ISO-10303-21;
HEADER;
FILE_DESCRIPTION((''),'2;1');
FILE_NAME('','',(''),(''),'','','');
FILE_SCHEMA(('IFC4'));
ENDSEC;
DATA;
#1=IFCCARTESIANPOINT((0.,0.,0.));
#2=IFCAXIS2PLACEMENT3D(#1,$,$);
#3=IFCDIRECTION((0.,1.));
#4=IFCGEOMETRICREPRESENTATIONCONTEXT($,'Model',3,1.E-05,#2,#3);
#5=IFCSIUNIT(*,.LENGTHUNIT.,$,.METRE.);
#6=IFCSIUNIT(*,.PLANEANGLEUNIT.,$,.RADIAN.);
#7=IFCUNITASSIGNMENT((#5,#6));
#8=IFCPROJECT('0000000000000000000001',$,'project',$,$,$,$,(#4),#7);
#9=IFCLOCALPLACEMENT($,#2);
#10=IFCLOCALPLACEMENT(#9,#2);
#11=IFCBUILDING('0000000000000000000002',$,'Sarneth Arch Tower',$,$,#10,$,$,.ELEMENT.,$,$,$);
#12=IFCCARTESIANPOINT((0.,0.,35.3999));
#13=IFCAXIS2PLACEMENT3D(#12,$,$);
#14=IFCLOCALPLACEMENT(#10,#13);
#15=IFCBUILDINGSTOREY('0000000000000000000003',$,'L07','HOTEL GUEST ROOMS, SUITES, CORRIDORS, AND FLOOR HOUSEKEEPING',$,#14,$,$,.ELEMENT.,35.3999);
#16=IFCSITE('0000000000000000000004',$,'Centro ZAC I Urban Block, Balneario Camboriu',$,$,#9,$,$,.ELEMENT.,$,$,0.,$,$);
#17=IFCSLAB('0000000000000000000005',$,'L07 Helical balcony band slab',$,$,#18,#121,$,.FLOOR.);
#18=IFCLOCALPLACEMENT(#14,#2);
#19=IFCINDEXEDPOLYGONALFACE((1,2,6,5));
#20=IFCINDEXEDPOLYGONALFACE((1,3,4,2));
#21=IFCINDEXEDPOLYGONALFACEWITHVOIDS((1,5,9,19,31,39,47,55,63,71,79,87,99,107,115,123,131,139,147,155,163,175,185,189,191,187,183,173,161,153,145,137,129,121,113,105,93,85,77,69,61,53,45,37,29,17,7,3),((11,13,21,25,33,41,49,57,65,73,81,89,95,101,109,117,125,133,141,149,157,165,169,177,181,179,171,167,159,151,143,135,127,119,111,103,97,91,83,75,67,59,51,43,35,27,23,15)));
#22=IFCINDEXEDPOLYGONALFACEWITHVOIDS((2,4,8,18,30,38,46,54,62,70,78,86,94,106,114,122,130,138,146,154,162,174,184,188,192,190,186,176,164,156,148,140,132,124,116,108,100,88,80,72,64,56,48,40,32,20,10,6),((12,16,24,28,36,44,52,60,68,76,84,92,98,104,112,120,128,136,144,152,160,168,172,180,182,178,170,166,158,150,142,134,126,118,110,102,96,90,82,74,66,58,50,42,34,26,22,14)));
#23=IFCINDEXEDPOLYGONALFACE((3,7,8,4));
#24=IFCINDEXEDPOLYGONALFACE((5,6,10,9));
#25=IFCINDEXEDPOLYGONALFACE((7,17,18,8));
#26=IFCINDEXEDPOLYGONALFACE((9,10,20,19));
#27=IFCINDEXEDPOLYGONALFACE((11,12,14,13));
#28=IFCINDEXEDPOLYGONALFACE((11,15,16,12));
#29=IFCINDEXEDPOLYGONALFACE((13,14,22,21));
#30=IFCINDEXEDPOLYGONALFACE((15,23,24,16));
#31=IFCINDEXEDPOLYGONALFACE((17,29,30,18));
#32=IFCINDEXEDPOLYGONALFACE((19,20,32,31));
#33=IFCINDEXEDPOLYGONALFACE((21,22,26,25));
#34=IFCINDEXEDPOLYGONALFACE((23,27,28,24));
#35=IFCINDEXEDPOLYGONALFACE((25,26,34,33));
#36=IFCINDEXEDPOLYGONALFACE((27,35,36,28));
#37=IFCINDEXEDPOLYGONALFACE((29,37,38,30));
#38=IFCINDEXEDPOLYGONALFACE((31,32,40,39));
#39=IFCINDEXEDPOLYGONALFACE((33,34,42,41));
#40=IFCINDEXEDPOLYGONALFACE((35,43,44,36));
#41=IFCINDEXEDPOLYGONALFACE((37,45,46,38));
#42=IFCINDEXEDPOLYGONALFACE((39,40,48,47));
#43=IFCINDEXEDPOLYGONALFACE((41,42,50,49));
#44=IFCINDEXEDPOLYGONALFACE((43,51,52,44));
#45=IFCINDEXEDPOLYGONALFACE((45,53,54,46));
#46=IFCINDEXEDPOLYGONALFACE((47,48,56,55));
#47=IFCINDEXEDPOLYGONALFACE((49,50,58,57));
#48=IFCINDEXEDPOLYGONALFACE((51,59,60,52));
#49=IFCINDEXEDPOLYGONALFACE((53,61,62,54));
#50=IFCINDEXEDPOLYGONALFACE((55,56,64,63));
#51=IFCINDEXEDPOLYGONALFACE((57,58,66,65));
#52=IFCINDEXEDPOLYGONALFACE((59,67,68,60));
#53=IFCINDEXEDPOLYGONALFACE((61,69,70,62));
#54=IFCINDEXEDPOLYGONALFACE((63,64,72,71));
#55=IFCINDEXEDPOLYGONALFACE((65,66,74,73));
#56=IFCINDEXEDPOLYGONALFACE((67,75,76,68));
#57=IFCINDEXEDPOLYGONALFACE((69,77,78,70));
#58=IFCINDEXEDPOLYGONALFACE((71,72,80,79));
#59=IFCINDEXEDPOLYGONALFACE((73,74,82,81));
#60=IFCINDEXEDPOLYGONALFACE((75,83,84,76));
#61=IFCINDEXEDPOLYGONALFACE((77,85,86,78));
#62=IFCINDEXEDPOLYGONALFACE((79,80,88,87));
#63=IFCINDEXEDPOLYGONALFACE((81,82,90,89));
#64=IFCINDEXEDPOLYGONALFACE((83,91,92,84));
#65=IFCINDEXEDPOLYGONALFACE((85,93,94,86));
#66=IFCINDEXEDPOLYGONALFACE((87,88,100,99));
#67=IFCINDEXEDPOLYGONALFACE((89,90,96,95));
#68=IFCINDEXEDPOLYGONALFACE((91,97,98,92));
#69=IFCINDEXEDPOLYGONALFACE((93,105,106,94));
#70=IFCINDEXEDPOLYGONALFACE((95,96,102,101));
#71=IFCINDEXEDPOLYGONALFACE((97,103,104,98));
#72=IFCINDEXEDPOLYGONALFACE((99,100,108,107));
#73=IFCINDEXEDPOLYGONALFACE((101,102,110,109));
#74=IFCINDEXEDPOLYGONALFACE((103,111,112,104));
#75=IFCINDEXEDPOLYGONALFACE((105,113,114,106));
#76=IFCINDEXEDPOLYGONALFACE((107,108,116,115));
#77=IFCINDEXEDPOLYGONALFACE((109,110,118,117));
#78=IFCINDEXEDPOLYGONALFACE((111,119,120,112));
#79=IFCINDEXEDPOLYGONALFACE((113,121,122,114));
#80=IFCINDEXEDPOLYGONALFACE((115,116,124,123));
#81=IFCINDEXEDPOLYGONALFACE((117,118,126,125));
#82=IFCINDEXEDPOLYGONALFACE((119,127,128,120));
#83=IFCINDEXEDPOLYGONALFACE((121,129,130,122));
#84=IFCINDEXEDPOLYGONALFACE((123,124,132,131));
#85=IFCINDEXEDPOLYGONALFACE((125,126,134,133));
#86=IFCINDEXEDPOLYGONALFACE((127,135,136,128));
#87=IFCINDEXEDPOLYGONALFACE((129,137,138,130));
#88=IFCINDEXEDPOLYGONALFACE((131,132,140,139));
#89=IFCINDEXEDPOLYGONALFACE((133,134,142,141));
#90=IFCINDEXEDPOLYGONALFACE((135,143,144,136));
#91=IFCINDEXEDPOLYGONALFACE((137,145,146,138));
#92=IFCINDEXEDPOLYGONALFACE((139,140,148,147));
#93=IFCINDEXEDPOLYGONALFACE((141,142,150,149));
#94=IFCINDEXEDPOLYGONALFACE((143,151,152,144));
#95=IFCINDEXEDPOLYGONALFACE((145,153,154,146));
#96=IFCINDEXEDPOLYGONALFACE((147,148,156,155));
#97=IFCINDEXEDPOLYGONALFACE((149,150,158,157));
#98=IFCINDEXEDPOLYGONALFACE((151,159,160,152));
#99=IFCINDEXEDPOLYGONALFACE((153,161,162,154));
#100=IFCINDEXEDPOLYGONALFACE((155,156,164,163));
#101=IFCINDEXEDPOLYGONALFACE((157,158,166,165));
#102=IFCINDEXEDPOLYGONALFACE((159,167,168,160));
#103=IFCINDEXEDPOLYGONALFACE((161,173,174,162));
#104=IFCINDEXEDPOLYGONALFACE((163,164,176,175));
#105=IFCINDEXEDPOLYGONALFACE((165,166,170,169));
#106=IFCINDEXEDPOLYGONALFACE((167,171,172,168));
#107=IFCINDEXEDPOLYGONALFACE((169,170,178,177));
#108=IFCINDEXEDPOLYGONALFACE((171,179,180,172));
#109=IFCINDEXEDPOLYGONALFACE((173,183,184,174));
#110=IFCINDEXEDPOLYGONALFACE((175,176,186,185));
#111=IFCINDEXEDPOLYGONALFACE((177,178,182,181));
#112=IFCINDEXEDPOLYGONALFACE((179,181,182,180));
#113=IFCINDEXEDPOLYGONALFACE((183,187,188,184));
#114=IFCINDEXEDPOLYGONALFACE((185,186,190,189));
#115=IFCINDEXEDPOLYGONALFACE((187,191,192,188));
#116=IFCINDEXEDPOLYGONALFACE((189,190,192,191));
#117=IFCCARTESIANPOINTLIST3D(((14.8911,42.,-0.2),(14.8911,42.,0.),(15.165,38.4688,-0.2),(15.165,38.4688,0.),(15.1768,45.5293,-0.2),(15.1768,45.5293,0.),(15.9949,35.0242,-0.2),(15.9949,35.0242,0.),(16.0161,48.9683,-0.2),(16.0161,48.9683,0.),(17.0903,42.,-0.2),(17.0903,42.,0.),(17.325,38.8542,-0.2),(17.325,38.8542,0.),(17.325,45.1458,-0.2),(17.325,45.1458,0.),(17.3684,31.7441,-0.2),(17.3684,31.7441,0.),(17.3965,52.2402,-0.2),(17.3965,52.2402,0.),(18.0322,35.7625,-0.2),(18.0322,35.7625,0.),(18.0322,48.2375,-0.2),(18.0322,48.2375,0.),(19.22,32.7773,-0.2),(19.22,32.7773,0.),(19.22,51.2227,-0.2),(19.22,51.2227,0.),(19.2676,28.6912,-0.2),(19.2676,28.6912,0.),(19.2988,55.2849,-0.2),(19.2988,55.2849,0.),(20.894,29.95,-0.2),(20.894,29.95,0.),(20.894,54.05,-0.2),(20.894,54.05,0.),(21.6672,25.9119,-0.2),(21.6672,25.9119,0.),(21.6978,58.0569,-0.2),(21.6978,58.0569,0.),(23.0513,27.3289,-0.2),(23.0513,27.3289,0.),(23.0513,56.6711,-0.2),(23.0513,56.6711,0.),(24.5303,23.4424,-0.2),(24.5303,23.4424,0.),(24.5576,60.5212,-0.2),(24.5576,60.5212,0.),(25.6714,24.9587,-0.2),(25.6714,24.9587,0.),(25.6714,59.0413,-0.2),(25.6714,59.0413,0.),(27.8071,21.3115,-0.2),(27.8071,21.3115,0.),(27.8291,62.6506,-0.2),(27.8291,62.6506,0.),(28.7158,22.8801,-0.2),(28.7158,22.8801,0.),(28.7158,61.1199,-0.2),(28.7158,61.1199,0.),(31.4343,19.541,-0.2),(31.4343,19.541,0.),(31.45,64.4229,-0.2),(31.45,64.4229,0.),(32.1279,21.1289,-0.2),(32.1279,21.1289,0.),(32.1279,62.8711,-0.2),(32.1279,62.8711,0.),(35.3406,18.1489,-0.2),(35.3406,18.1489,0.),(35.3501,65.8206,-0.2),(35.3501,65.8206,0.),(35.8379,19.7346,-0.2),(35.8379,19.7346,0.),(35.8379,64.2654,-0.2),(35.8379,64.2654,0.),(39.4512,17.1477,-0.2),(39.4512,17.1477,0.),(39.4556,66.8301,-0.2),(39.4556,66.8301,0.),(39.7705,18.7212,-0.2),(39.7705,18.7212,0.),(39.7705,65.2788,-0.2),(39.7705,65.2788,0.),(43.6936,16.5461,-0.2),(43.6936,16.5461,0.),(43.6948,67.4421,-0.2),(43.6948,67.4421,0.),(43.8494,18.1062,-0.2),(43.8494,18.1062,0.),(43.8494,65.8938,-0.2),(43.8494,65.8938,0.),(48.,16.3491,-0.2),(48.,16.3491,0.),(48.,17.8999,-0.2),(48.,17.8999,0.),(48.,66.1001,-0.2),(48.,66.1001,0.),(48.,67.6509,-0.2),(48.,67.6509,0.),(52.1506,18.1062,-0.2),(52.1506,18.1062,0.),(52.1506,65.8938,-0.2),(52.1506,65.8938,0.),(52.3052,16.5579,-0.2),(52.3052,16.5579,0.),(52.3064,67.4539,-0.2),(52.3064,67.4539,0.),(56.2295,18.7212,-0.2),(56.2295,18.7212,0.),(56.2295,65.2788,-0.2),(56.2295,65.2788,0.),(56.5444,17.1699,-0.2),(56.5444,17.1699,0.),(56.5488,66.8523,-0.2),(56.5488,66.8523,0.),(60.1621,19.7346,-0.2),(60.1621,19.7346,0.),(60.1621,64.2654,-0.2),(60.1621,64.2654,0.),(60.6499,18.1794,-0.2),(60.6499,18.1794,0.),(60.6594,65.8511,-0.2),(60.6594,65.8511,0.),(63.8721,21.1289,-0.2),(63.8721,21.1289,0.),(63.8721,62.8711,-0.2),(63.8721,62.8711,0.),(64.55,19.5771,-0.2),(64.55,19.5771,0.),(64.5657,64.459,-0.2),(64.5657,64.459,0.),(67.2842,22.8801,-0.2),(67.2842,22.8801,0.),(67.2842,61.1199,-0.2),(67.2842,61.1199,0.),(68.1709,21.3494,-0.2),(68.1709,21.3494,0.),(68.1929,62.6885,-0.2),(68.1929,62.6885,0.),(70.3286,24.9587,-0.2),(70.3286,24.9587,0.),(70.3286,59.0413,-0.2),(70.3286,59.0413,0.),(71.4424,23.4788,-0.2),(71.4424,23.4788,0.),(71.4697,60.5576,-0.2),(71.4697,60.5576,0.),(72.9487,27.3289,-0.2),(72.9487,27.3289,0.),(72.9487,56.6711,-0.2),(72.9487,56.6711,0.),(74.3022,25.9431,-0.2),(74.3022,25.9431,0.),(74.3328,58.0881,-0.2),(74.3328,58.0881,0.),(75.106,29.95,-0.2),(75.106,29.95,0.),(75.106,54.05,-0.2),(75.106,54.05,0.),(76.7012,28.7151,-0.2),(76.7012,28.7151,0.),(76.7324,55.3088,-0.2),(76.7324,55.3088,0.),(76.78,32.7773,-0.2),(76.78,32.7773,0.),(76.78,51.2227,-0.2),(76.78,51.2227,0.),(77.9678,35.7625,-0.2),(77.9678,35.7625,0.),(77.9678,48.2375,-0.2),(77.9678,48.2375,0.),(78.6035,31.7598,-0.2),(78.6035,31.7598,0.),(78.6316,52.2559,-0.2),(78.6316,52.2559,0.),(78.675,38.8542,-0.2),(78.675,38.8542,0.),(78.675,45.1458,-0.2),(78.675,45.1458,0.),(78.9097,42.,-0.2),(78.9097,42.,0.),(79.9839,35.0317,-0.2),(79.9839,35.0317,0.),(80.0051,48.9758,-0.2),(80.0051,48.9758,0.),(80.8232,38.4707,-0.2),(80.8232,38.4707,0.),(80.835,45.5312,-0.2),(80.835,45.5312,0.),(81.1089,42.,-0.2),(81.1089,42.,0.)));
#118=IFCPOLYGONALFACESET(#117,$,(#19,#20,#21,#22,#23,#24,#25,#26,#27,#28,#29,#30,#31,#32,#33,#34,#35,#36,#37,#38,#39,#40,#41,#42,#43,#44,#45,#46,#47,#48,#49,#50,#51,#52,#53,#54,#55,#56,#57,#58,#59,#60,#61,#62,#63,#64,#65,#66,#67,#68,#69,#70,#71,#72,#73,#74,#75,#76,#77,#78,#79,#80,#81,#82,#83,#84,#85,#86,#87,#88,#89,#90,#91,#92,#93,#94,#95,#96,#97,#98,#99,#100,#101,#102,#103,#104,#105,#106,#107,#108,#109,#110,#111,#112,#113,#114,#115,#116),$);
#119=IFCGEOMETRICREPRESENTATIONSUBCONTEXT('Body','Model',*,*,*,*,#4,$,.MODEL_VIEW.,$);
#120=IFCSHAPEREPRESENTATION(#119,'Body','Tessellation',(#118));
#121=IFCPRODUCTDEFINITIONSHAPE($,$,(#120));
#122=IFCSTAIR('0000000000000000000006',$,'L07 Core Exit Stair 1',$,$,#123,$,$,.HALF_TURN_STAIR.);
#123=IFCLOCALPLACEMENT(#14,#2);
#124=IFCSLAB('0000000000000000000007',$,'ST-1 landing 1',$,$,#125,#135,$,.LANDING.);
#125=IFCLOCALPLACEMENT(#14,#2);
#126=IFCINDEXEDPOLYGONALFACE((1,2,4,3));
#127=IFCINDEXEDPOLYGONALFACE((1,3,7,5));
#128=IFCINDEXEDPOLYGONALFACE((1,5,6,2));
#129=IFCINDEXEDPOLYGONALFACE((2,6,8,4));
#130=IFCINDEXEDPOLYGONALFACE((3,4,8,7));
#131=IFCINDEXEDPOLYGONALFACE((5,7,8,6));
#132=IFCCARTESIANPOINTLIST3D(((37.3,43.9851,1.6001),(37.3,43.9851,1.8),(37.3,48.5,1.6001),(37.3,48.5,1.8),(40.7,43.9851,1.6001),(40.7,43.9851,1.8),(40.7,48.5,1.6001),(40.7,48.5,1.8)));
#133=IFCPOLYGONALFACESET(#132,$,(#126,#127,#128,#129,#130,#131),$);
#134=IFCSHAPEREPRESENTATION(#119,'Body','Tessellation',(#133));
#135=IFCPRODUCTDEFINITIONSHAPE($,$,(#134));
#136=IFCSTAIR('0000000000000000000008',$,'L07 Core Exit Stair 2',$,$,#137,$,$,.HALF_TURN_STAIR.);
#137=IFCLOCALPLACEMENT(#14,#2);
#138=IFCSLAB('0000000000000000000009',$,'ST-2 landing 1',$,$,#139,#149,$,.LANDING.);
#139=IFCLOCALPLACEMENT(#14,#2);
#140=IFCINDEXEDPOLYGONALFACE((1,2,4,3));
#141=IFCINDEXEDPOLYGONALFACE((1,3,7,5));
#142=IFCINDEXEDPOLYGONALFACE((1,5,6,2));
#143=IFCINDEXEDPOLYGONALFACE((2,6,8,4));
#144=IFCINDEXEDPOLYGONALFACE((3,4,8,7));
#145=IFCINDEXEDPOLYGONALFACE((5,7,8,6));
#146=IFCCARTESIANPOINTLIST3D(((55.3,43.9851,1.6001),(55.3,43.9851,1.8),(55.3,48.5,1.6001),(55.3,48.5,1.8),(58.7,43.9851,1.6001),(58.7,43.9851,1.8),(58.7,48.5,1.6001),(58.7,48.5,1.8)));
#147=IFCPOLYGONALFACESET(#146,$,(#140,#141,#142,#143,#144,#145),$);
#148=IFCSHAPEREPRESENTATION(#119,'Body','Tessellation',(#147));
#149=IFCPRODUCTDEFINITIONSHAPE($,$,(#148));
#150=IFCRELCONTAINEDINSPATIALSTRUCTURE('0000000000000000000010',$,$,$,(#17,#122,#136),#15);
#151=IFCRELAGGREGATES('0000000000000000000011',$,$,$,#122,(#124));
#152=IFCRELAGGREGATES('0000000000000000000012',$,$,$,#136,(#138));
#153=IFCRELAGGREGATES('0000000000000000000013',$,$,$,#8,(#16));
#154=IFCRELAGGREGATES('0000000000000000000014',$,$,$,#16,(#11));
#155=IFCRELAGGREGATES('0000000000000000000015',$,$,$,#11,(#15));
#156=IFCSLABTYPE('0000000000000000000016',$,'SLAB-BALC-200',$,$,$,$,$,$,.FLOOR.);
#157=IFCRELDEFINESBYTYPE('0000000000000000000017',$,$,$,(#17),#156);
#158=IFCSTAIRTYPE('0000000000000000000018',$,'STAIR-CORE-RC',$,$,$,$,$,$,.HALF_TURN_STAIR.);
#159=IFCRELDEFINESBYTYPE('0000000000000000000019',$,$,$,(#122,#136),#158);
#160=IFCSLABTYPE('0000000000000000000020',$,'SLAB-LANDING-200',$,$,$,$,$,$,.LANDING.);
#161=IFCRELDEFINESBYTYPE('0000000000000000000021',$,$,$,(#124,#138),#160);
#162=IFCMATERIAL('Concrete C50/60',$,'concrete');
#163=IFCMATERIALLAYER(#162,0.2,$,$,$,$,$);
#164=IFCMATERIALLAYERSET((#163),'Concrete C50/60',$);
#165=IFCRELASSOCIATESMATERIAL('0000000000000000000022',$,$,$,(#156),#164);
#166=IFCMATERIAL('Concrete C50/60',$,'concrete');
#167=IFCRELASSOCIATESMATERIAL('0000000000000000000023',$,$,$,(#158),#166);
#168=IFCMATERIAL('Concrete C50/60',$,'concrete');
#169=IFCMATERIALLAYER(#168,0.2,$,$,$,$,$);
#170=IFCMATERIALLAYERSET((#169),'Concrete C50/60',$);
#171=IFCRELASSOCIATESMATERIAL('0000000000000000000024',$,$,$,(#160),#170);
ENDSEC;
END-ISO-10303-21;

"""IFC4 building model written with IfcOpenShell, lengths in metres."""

from ifc_helpers import new_model, si_unit, direction, frame, origin, place, context, subcontext, project, spatial, polyline, outline, extrude, material, layer, layer_set, type_object, element, aggregate, save


model = new_model("IFC4")

# Units and contexts
model_context = context("Model", 3, precision=1e-05, world=origin(), true_north=direction((0.0, 1.0)))
body_context = subcontext(model_context, "Body", "Model", "MODEL_VIEW")
ifc_project = project(units=[si_unit("LENGTHUNIT", "METRE"), si_unit("PLANEANGLEUNIT", "RADIAN")], contexts=[model_context])

# Site, building, storey
site_placement = place(None, origin())
site = spatial("IfcSite", under=ifc_project, at=site_placement, Name="Centro ZAC I Urban Block, Balneario Camboriu", CompositionType="ELEMENT", RefElevation=0.0)
building_placement = place(site_placement, origin())
building = spatial("IfcBuilding", under=site, at=building_placement, Name="Sarneth Arch Tower", CompositionType="ELEMENT")
storey_placement = place(building_placement, frame((0.0, 0.0, 35.3999)))
storey = spatial("IfcBuildingStorey", under=building, at=storey_placement, Name="L07", Description="HOTEL GUEST ROOMS, SUITES, CORRIDORS, AND FLOOR HOUSEKEEPING", CompositionType="ELEMENT", Elevation=35.3999)

# Slab
ifc_material_1 = material(Name="Concrete C50/60", Category="concrete")
ifc_layer_1 = layer(ifc_material_1, 0.2)
ifc_layer_set_1 = layer_set([ifc_layer_1], Name="Concrete C50/60")
slab_type_1 = type_object("IfcSlabType", Name="SLAB-BALC-200", PredefinedType="FLOOR", material=ifc_layer_set_1)
slab_1_placement = place(storey_placement, frame((0.0, 0.0, -0.2)))
element("IfcSlab", 1, at=slab_1_placement, inside=storey, type_object=slab_type_1, Name="L07 Helical balcony band slab", PredefinedType="FLOOR", context=body_context, shape_type="SweptSolid", body=[
    extrude(outline(polyline([(81.1089, 42.0), (80.835, 45.5312), (80.0051, 48.9758), (78.6316, 52.2559), (76.7324, 55.3088), (74.3328, 58.0881), (71.4697, 60.5576), (68.1929, 62.6885), (64.5657, 64.459), (60.6594, 65.8511), (56.5488, 66.8523), (52.3064, 67.4539), (48.0, 67.6509), (43.6948, 67.4421), (39.4556, 66.8301), (35.3501, 65.8206), (31.45, 64.4229), (27.8291, 62.6506), (24.5576, 60.5212), (21.6978, 58.0569), (19.2988, 55.2849), (17.3965, 52.2402), (16.0161, 48.9683), (15.1768, 45.5293), (14.8911, 42.0), (15.165, 38.4688), (15.9949, 35.0242), (17.3684, 31.7441), (19.2676, 28.6912), (21.6672, 25.9119), (24.5303, 23.4424), (27.8071, 21.3115), (31.4343, 19.541), (35.3406, 18.1489), (39.4512, 17.1477), (43.6936, 16.5461), (48.0, 16.3491), (52.3052, 16.5579), (56.5444, 17.1699), (60.6499, 18.1794), (64.55, 19.5771), (68.1709, 21.3494), (71.4424, 23.4788), (74.3022, 25.9431), (76.7012, 28.7151), (78.6035, 31.7598), (79.9839, 35.0317), (80.8232, 38.4707), (81.1089, 42.0)]), holes=[polyline([(78.9097, 42.0), (78.675, 45.1458), (77.9678, 48.2375), (76.78, 51.2227), (75.106, 54.05), (72.9487, 56.6711), (70.3286, 59.0413), (67.2842, 61.1199), (63.8721, 62.8711), (60.1621, 64.2654), (56.2295, 65.2788), (52.1506, 65.8938), (48.0, 66.1001), (43.8494, 65.8938), (39.7705, 65.2788), (35.8379, 64.2654), (32.1279, 62.8711), (28.7158, 61.1199), (25.6714, 59.0413), (23.0513, 56.6711), (20.894, 54.05), (19.22, 51.2227), (18.0322, 48.2375), (17.325, 45.1458), (17.0903, 42.0), (17.325, 38.8542), (18.0322, 35.7625), (19.22, 32.7773), (20.894, 29.95), (23.0513, 27.3289), (25.6714, 24.9587), (28.7158, 22.8801), (32.1279, 21.1289), (35.8379, 19.7346), (39.7705, 18.7212), (43.8494, 18.1062), (48.0, 17.8999), (52.1506, 18.1062), (56.2295, 18.7212), (60.1621, 19.7346), (63.8721, 21.1289), (67.2842, 22.8801), (70.3286, 24.9587), (72.9487, 27.3289), (75.106, 29.95), (76.78, 32.7773), (77.9678, 35.7625), (78.675, 38.8542), (78.9097, 42.0)])]), origin(), (0.0, 0.0, 1.0), 0.2),
])

# Stairs, slabs
ifc_material_2 = material(Name="Concrete C50/60", Category="concrete")
stair_type = type_object("IfcStairType", Name="STAIR-CORE-RC", PredefinedType="HALF_TURN_STAIR", material=ifc_material_2)
stair_1_placement = place(storey_placement, origin())
stair_1 = element("IfcStair", 2, at=stair_1_placement, inside=storey, type_object=stair_type, Name="L07 Core Exit Stair 1", PredefinedType="HALF_TURN_STAIR")
ifc_material_3 = material(Name="Concrete C50/60", Category="concrete")
ifc_layer_2 = layer(ifc_material_3, 0.2)
ifc_layer_set_2 = layer_set([ifc_layer_2], Name="Concrete C50/60")
slab_type_2 = type_object("IfcSlabType", Name="SLAB-LANDING-200", PredefinedType="LANDING", material=ifc_layer_set_2)
slab_2_placement = place(storey_placement, frame((0.0, 0.0, 1.6001)))
slab_2 = element("IfcSlab", 3, at=slab_2_placement, type_object=slab_type_2, Name="ST-1 landing 1", PredefinedType="LANDING", context=body_context, shape_type="SweptSolid", body=[
    extrude(outline(polyline([(37.3, 43.9851), (40.7, 43.9851), (40.7, 48.5), (37.3, 48.5), (37.3, 43.9851)])), origin(), (0.0, 0.0, 1.0), 0.2),
])
aggregate(stair_1, [slab_2])
stair_2_placement = place(storey_placement, origin())
stair_2 = element("IfcStair", 4, at=stair_2_placement, inside=storey, type_object=stair_type, Name="L07 Core Exit Stair 2", PredefinedType="HALF_TURN_STAIR")
slab_3_placement = place(storey_placement, frame((0.0, 0.0, 1.6001)))
slab_3 = element("IfcSlab", 5, at=slab_3_placement, type_object=slab_type_2, Name="ST-2 landing 1", PredefinedType="LANDING", context=body_context, shape_type="SweptSolid", body=[
    extrude(outline(polyline([(55.3, 43.9851), (58.7, 43.9851), (58.7, 48.5), (55.3, 48.5), (55.3, 43.9851)])), origin(), (0.0, 0.0, 1.0), 0.2),
])
aggregate(stair_2, [slab_3])

save(model, "model.ifc")
